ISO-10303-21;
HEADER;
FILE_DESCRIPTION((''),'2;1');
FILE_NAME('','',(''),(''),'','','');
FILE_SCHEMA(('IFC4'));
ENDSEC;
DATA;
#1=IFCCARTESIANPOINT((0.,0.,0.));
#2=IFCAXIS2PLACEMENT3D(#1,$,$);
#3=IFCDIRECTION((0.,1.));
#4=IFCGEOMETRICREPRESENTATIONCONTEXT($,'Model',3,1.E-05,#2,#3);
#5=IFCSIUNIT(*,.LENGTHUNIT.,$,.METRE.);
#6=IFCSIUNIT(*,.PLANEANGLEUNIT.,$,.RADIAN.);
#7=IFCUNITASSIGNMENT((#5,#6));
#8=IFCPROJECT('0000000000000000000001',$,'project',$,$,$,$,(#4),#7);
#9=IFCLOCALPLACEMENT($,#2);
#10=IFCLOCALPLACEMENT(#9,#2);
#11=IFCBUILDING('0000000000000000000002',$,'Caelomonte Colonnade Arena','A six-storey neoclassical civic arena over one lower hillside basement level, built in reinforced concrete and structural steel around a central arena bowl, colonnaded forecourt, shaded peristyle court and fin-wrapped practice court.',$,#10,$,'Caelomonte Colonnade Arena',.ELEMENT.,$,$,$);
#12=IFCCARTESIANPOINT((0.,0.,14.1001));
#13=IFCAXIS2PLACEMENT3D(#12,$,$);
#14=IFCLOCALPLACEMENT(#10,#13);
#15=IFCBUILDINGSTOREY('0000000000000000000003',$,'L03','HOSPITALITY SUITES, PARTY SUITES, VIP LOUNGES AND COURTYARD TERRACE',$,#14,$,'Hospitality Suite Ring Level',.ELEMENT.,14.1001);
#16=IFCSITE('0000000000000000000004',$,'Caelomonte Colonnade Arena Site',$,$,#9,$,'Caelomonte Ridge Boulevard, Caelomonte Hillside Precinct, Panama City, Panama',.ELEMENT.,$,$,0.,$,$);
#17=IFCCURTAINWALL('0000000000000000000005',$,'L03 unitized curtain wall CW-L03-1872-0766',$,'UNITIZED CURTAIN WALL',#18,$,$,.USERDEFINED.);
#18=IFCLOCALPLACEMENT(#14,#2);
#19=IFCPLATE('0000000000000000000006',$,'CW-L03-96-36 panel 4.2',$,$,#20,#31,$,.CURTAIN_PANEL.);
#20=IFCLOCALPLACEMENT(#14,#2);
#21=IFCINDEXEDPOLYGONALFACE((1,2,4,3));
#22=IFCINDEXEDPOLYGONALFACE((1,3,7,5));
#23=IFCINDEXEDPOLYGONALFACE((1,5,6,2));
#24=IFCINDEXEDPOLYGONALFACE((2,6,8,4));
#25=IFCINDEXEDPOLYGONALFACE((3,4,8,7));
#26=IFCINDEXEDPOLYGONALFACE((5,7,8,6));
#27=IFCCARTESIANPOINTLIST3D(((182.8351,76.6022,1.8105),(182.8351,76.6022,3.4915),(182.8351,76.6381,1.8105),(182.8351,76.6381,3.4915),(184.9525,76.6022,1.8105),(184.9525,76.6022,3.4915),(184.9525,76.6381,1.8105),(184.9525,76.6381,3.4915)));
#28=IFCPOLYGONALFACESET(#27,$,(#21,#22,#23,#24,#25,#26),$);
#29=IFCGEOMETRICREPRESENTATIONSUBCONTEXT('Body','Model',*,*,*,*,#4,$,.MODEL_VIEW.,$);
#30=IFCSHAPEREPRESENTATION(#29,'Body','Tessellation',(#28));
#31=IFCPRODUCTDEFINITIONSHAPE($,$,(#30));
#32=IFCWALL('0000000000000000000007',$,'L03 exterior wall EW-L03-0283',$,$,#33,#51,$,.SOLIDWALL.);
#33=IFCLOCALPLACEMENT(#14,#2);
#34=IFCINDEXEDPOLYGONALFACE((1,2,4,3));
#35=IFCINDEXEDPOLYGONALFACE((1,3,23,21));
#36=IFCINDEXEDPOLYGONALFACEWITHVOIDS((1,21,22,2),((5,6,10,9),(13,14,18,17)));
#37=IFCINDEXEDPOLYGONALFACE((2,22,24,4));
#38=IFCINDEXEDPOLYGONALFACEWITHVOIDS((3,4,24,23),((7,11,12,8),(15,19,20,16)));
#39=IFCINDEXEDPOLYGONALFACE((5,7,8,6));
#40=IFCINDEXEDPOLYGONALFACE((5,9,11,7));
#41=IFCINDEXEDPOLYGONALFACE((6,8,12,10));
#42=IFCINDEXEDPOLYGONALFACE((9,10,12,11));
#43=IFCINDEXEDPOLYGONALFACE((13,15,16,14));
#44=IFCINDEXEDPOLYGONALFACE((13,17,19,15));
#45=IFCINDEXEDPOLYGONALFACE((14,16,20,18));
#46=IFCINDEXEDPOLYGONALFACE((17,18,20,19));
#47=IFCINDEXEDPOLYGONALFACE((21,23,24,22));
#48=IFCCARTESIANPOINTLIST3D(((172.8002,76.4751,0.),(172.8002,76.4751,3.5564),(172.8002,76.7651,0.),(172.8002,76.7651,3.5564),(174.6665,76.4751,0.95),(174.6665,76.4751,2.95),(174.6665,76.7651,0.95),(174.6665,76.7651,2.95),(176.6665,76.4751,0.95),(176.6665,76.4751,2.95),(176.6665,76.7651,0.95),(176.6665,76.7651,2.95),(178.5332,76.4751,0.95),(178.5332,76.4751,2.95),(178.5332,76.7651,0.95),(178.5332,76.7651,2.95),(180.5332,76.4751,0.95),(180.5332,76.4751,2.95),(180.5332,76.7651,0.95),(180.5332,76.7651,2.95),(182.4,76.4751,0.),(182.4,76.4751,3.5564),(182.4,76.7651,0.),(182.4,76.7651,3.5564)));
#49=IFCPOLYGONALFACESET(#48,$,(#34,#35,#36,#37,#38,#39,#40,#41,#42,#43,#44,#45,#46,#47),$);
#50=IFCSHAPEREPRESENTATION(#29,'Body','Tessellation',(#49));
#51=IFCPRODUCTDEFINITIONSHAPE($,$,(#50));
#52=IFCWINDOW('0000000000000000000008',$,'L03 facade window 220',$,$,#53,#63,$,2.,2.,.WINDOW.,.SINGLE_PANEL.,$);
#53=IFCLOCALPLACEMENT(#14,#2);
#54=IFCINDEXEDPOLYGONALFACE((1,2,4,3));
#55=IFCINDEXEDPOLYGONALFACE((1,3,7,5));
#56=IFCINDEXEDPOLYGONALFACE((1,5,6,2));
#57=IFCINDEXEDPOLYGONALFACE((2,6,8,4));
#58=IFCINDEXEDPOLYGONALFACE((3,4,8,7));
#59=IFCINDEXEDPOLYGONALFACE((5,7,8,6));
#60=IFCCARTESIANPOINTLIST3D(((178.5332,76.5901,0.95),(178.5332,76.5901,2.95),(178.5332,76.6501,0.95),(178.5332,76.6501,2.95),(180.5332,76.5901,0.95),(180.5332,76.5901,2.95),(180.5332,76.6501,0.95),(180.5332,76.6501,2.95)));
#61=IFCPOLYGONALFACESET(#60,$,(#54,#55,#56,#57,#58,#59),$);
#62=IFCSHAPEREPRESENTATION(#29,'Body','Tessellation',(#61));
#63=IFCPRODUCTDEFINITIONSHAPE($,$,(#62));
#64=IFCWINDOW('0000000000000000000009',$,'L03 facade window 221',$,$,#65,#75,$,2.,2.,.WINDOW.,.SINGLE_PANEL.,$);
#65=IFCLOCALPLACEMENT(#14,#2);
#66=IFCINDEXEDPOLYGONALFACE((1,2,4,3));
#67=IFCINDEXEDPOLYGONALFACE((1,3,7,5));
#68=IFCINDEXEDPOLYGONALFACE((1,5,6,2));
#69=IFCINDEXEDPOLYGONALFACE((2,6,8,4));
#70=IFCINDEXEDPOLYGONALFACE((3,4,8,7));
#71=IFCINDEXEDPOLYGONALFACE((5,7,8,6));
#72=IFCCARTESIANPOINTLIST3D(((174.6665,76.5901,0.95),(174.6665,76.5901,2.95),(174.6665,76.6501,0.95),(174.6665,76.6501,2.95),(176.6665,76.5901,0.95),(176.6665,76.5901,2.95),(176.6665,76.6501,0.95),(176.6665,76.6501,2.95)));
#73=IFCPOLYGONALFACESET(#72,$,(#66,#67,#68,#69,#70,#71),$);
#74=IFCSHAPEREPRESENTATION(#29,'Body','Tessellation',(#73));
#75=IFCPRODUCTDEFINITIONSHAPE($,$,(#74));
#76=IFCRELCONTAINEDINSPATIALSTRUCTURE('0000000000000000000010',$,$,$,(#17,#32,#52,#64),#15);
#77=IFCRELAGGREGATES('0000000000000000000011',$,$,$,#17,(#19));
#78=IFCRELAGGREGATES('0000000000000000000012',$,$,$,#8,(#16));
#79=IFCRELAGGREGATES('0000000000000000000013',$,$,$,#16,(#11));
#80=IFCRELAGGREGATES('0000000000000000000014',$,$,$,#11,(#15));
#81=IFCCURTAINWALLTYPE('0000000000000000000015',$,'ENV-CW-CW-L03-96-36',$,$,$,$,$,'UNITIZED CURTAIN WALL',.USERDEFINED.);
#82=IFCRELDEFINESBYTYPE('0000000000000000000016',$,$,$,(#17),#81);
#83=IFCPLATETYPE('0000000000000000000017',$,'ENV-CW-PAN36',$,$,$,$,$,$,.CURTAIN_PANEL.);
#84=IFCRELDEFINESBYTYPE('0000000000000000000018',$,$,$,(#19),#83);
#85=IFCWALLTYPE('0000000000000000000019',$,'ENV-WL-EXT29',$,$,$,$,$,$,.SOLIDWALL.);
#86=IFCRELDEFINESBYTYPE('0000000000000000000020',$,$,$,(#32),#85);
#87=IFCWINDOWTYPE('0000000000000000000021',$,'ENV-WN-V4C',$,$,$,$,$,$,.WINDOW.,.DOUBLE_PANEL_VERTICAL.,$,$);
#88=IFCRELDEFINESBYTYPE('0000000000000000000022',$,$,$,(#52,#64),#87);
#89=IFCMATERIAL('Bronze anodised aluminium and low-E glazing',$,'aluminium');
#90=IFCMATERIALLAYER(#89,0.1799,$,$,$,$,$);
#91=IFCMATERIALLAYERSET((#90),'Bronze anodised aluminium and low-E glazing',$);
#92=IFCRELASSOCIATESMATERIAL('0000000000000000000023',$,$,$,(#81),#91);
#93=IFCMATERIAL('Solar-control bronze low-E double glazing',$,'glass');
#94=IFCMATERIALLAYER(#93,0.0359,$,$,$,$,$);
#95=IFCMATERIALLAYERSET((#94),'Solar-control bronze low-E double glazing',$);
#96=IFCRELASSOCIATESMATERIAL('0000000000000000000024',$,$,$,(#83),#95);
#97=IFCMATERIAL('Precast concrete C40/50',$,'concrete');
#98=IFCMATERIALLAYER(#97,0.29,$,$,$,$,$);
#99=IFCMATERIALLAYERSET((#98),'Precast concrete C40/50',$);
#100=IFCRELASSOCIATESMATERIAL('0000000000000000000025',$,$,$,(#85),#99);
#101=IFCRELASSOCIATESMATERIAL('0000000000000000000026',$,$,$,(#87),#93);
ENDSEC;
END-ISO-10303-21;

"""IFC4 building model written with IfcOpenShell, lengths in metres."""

from ifc_helpers import new_model, si_unit, direction, frame, frame_2d, origin, origin_2d, place, context, subcontext, project, spatial, rectangle, extrude, material, layer, layer_set, type_object, element, fill, aggregate, save


model = new_model("IFC4")

# Units and contexts
model_context = context("Model", 3, precision=1e-05, world=origin(), true_north=direction((0.0, 1.0)))
body_context = subcontext(model_context, "Body", "Model", "MODEL_VIEW")
ifc_project = project(units=[si_unit("LENGTHUNIT", "METRE"), si_unit("PLANEANGLEUNIT", "RADIAN")], contexts=[model_context])

# Site, building, storey
site_placement = place(None, origin())
site = spatial("IfcSite", under=ifc_project, at=site_placement, Name="Caelomonte Colonnade Arena Site", LongName="Caelomonte Ridge Boulevard, Caelomonte Hillside Precinct, Panama City, Panama", CompositionType="ELEMENT", RefElevation=0.0)
building_placement = place(site_placement, origin())
building = spatial("IfcBuilding", under=site, at=building_placement, Name="Caelomonte Colonnade Arena", Description="A six-storey neoclassical civic arena over one lower hillside basement level, built in reinforced concrete and structural steel around a central arena bowl, colonnaded forecourt, shaded peristyle court and fin-wrapped practice court.", LongName="Caelomonte Colonnade Arena", CompositionType="ELEMENT")
storey_placement = place(building_placement, frame((0.0, 0.0, 14.1001)))
storey = spatial("IfcBuildingStorey", under=building, at=storey_placement, Name="L03", Description="HOSPITALITY SUITES, PARTY SUITES, VIP LOUNGES AND COURTYARD TERRACE", LongName="Hospitality Suite Ring Level", CompositionType="ELEMENT", Elevation=14.1001)

# Shared definitions
ifc_material_1 = material(Name="Bronze anodised aluminium and low-E glazing", Category="aluminium")

# Curtain wall
ifc_layer_1 = layer(ifc_material_1, 0.1799)
ifc_layer_set_1 = layer_set([ifc_layer_1], Name="Bronze anodised aluminium and low-E glazing")
curtain_wall_type_1 = type_object("IfcCurtainWallType", Name="ENV-CW-CW-L03-96-36", ElementType="UNITIZED CURTAIN WALL", PredefinedType="USERDEFINED", material=ifc_layer_set_1)
curtain_wall_1_placement = place(storey_placement, origin())
curtain_wall_1 = element("IfcCurtainWall", 1, at=curtain_wall_1_placement, inside=storey, type_object=curtain_wall_type_1, Name="L03 unitized curtain wall CW-L03-1872-0766", ObjectType="UNITIZED CURTAIN WALL", PredefinedType="USERDEFINED")

# Plate
ifc_material_2 = material(Name="Solar-control bronze low-E double glazing", Category="glass")
ifc_layer_2 = layer(ifc_material_2, 0.0359)
ifc_layer_set_2 = layer_set([ifc_layer_2], Name="Solar-control bronze low-E double glazing")
plate_type = type_object("IfcPlateType", Name="ENV-CW-PAN36", PredefinedType="CURTAIN_PANEL", material=ifc_layer_set_2)
plate_1_placement = place(storey_placement, frame((183.8938, 76.6201, 1.8105), z_axis=(0.0, 0.0, 1.0), x_axis=(-1.0, 0.0, 0.0)))
plate_1 = element("IfcPlate", 2, at=plate_1_placement, type_object=plate_type, Name="CW-L03-96-36 panel 4.2", PredefinedType="CURTAIN_PANEL", context=body_context, shape_type="SweptSolid", body=[
    extrude(rectangle(XDim=2.1174, YDim=0.0359, at=origin_2d()), origin(), (0.0, 0.0, 1.0), 1.6809),
])
aggregate(curtain_wall_1, [plate_1])

# Wall, openings, windows
ifc_material_3 = material(Name="Precast concrete C40/50", Category="concrete")
ifc_layer_3 = layer(ifc_material_3, 0.29)
ifc_layer_set_3 = layer_set([ifc_layer_3], Name="Precast concrete C40/50")
wall_type = type_object("IfcWallType", Name="ENV-WL-EXT29", PredefinedType="SOLIDWALL", material=ifc_layer_set_3)
wall_placement = place(storey_placement, frame((182.3999, 76.6201, 0.0), z_axis=(0.0, 0.0, 1.0), x_axis=(-1.0, 0.0, 0.0)))
wall = element("IfcWall", 3, at=wall_placement, inside=storey, type_object=wall_type, Name="L03 exterior wall EW-L03-0283", PredefinedType="SOLIDWALL", context=body_context, shape_type="SweptSolid", body=[
    extrude(rectangle(XDim=9.5999, YDim=0.29, at=frame_2d((4.7998, 0.0))), origin(), (0.0, 0.0, 1.0), 3.5564),
])
opening_1_placement = place(wall_placement, frame((3.8667, 0.0, 0.95), z_axis=(0.0, 0.0, 1.0), x_axis=(-1.0, 0.0, 0.0)))
opening_1 = element("IfcOpeningElement", 4, at=opening_1_placement, cuts=wall, PredefinedType="OPENING", context=body_context, shape_type="SweptSolid", body=[
    extrude(rectangle(XDim=2.0, YDim=2.0, at=frame_2d((1.0, 1.0))), frame((0.0, 0.155, 0.0), z_axis=(0.0, -1.0, 0.0), x_axis=(1.0, 0.0, 0.0)), (0.0, 0.0, 1.0), 0.3101),
])
opening_2_placement = place(wall_placement, frame((7.7334, 0.0, 0.95), z_axis=(0.0, 0.0, 1.0), x_axis=(-1.0, 0.0, 0.0)))
opening_2 = element("IfcOpeningElement", 5, at=opening_2_placement, cuts=wall, PredefinedType="OPENING", context=body_context, shape_type="SweptSolid", body=[
    extrude(rectangle(XDim=2.0, YDim=2.0, at=frame_2d((1.0, 1.0))), frame((0.0, 0.155, 0.0), z_axis=(0.0, -1.0, 0.0), x_axis=(1.0, 0.0, 0.0)), (0.0, 0.0, 1.0), 0.3101),
])
window_type = type_object("IfcWindowType", Name="ENV-WN-V4C", PartitioningType="DOUBLE_PANEL_VERTICAL", PredefinedType="WINDOW", material=ifc_material_2)
window_1_placement = place(opening_1_placement, origin())
window_1 = element("IfcWindow", 6, at=window_1_placement, inside=storey, type_object=window_type, Name="L03 facade window 220", OverallHeight=2.0, OverallWidth=2.0, PartitioningType="SINGLE_PANEL", PredefinedType="WINDOW", context=body_context, shape_type="SweptSolid", body=[
    extrude(rectangle(XDim=2.0, YDim=2.0, at=frame_2d((1.0, 1.0))), frame((0.0, 0.03, 0.0), z_axis=(0.0, -1.0, 0.0), x_axis=(1.0, 0.0, 0.0)), (0.0, 0.0, 1.0), 0.0601),
])
fill(opening_1, window_1)
window_2_placement = place(opening_2_placement, origin())
window_2 = element("IfcWindow", 7, at=window_2_placement, inside=storey, type_object=window_type, Name="L03 facade window 221", OverallHeight=2.0, OverallWidth=2.0, PartitioningType="SINGLE_PANEL", PredefinedType="WINDOW", context=body_context, shape_type="SweptSolid", body=[
    extrude(rectangle(XDim=2.0, YDim=2.0, at=frame_2d((1.0, 1.0))), frame((0.0, 0.03, 0.0), z_axis=(0.0, -1.0, 0.0), x_axis=(1.0, 0.0, 0.0)), (0.0, 0.0, 1.0), 0.0601),
])
fill(opening_2, window_2)

save(model, "model.ifc")
